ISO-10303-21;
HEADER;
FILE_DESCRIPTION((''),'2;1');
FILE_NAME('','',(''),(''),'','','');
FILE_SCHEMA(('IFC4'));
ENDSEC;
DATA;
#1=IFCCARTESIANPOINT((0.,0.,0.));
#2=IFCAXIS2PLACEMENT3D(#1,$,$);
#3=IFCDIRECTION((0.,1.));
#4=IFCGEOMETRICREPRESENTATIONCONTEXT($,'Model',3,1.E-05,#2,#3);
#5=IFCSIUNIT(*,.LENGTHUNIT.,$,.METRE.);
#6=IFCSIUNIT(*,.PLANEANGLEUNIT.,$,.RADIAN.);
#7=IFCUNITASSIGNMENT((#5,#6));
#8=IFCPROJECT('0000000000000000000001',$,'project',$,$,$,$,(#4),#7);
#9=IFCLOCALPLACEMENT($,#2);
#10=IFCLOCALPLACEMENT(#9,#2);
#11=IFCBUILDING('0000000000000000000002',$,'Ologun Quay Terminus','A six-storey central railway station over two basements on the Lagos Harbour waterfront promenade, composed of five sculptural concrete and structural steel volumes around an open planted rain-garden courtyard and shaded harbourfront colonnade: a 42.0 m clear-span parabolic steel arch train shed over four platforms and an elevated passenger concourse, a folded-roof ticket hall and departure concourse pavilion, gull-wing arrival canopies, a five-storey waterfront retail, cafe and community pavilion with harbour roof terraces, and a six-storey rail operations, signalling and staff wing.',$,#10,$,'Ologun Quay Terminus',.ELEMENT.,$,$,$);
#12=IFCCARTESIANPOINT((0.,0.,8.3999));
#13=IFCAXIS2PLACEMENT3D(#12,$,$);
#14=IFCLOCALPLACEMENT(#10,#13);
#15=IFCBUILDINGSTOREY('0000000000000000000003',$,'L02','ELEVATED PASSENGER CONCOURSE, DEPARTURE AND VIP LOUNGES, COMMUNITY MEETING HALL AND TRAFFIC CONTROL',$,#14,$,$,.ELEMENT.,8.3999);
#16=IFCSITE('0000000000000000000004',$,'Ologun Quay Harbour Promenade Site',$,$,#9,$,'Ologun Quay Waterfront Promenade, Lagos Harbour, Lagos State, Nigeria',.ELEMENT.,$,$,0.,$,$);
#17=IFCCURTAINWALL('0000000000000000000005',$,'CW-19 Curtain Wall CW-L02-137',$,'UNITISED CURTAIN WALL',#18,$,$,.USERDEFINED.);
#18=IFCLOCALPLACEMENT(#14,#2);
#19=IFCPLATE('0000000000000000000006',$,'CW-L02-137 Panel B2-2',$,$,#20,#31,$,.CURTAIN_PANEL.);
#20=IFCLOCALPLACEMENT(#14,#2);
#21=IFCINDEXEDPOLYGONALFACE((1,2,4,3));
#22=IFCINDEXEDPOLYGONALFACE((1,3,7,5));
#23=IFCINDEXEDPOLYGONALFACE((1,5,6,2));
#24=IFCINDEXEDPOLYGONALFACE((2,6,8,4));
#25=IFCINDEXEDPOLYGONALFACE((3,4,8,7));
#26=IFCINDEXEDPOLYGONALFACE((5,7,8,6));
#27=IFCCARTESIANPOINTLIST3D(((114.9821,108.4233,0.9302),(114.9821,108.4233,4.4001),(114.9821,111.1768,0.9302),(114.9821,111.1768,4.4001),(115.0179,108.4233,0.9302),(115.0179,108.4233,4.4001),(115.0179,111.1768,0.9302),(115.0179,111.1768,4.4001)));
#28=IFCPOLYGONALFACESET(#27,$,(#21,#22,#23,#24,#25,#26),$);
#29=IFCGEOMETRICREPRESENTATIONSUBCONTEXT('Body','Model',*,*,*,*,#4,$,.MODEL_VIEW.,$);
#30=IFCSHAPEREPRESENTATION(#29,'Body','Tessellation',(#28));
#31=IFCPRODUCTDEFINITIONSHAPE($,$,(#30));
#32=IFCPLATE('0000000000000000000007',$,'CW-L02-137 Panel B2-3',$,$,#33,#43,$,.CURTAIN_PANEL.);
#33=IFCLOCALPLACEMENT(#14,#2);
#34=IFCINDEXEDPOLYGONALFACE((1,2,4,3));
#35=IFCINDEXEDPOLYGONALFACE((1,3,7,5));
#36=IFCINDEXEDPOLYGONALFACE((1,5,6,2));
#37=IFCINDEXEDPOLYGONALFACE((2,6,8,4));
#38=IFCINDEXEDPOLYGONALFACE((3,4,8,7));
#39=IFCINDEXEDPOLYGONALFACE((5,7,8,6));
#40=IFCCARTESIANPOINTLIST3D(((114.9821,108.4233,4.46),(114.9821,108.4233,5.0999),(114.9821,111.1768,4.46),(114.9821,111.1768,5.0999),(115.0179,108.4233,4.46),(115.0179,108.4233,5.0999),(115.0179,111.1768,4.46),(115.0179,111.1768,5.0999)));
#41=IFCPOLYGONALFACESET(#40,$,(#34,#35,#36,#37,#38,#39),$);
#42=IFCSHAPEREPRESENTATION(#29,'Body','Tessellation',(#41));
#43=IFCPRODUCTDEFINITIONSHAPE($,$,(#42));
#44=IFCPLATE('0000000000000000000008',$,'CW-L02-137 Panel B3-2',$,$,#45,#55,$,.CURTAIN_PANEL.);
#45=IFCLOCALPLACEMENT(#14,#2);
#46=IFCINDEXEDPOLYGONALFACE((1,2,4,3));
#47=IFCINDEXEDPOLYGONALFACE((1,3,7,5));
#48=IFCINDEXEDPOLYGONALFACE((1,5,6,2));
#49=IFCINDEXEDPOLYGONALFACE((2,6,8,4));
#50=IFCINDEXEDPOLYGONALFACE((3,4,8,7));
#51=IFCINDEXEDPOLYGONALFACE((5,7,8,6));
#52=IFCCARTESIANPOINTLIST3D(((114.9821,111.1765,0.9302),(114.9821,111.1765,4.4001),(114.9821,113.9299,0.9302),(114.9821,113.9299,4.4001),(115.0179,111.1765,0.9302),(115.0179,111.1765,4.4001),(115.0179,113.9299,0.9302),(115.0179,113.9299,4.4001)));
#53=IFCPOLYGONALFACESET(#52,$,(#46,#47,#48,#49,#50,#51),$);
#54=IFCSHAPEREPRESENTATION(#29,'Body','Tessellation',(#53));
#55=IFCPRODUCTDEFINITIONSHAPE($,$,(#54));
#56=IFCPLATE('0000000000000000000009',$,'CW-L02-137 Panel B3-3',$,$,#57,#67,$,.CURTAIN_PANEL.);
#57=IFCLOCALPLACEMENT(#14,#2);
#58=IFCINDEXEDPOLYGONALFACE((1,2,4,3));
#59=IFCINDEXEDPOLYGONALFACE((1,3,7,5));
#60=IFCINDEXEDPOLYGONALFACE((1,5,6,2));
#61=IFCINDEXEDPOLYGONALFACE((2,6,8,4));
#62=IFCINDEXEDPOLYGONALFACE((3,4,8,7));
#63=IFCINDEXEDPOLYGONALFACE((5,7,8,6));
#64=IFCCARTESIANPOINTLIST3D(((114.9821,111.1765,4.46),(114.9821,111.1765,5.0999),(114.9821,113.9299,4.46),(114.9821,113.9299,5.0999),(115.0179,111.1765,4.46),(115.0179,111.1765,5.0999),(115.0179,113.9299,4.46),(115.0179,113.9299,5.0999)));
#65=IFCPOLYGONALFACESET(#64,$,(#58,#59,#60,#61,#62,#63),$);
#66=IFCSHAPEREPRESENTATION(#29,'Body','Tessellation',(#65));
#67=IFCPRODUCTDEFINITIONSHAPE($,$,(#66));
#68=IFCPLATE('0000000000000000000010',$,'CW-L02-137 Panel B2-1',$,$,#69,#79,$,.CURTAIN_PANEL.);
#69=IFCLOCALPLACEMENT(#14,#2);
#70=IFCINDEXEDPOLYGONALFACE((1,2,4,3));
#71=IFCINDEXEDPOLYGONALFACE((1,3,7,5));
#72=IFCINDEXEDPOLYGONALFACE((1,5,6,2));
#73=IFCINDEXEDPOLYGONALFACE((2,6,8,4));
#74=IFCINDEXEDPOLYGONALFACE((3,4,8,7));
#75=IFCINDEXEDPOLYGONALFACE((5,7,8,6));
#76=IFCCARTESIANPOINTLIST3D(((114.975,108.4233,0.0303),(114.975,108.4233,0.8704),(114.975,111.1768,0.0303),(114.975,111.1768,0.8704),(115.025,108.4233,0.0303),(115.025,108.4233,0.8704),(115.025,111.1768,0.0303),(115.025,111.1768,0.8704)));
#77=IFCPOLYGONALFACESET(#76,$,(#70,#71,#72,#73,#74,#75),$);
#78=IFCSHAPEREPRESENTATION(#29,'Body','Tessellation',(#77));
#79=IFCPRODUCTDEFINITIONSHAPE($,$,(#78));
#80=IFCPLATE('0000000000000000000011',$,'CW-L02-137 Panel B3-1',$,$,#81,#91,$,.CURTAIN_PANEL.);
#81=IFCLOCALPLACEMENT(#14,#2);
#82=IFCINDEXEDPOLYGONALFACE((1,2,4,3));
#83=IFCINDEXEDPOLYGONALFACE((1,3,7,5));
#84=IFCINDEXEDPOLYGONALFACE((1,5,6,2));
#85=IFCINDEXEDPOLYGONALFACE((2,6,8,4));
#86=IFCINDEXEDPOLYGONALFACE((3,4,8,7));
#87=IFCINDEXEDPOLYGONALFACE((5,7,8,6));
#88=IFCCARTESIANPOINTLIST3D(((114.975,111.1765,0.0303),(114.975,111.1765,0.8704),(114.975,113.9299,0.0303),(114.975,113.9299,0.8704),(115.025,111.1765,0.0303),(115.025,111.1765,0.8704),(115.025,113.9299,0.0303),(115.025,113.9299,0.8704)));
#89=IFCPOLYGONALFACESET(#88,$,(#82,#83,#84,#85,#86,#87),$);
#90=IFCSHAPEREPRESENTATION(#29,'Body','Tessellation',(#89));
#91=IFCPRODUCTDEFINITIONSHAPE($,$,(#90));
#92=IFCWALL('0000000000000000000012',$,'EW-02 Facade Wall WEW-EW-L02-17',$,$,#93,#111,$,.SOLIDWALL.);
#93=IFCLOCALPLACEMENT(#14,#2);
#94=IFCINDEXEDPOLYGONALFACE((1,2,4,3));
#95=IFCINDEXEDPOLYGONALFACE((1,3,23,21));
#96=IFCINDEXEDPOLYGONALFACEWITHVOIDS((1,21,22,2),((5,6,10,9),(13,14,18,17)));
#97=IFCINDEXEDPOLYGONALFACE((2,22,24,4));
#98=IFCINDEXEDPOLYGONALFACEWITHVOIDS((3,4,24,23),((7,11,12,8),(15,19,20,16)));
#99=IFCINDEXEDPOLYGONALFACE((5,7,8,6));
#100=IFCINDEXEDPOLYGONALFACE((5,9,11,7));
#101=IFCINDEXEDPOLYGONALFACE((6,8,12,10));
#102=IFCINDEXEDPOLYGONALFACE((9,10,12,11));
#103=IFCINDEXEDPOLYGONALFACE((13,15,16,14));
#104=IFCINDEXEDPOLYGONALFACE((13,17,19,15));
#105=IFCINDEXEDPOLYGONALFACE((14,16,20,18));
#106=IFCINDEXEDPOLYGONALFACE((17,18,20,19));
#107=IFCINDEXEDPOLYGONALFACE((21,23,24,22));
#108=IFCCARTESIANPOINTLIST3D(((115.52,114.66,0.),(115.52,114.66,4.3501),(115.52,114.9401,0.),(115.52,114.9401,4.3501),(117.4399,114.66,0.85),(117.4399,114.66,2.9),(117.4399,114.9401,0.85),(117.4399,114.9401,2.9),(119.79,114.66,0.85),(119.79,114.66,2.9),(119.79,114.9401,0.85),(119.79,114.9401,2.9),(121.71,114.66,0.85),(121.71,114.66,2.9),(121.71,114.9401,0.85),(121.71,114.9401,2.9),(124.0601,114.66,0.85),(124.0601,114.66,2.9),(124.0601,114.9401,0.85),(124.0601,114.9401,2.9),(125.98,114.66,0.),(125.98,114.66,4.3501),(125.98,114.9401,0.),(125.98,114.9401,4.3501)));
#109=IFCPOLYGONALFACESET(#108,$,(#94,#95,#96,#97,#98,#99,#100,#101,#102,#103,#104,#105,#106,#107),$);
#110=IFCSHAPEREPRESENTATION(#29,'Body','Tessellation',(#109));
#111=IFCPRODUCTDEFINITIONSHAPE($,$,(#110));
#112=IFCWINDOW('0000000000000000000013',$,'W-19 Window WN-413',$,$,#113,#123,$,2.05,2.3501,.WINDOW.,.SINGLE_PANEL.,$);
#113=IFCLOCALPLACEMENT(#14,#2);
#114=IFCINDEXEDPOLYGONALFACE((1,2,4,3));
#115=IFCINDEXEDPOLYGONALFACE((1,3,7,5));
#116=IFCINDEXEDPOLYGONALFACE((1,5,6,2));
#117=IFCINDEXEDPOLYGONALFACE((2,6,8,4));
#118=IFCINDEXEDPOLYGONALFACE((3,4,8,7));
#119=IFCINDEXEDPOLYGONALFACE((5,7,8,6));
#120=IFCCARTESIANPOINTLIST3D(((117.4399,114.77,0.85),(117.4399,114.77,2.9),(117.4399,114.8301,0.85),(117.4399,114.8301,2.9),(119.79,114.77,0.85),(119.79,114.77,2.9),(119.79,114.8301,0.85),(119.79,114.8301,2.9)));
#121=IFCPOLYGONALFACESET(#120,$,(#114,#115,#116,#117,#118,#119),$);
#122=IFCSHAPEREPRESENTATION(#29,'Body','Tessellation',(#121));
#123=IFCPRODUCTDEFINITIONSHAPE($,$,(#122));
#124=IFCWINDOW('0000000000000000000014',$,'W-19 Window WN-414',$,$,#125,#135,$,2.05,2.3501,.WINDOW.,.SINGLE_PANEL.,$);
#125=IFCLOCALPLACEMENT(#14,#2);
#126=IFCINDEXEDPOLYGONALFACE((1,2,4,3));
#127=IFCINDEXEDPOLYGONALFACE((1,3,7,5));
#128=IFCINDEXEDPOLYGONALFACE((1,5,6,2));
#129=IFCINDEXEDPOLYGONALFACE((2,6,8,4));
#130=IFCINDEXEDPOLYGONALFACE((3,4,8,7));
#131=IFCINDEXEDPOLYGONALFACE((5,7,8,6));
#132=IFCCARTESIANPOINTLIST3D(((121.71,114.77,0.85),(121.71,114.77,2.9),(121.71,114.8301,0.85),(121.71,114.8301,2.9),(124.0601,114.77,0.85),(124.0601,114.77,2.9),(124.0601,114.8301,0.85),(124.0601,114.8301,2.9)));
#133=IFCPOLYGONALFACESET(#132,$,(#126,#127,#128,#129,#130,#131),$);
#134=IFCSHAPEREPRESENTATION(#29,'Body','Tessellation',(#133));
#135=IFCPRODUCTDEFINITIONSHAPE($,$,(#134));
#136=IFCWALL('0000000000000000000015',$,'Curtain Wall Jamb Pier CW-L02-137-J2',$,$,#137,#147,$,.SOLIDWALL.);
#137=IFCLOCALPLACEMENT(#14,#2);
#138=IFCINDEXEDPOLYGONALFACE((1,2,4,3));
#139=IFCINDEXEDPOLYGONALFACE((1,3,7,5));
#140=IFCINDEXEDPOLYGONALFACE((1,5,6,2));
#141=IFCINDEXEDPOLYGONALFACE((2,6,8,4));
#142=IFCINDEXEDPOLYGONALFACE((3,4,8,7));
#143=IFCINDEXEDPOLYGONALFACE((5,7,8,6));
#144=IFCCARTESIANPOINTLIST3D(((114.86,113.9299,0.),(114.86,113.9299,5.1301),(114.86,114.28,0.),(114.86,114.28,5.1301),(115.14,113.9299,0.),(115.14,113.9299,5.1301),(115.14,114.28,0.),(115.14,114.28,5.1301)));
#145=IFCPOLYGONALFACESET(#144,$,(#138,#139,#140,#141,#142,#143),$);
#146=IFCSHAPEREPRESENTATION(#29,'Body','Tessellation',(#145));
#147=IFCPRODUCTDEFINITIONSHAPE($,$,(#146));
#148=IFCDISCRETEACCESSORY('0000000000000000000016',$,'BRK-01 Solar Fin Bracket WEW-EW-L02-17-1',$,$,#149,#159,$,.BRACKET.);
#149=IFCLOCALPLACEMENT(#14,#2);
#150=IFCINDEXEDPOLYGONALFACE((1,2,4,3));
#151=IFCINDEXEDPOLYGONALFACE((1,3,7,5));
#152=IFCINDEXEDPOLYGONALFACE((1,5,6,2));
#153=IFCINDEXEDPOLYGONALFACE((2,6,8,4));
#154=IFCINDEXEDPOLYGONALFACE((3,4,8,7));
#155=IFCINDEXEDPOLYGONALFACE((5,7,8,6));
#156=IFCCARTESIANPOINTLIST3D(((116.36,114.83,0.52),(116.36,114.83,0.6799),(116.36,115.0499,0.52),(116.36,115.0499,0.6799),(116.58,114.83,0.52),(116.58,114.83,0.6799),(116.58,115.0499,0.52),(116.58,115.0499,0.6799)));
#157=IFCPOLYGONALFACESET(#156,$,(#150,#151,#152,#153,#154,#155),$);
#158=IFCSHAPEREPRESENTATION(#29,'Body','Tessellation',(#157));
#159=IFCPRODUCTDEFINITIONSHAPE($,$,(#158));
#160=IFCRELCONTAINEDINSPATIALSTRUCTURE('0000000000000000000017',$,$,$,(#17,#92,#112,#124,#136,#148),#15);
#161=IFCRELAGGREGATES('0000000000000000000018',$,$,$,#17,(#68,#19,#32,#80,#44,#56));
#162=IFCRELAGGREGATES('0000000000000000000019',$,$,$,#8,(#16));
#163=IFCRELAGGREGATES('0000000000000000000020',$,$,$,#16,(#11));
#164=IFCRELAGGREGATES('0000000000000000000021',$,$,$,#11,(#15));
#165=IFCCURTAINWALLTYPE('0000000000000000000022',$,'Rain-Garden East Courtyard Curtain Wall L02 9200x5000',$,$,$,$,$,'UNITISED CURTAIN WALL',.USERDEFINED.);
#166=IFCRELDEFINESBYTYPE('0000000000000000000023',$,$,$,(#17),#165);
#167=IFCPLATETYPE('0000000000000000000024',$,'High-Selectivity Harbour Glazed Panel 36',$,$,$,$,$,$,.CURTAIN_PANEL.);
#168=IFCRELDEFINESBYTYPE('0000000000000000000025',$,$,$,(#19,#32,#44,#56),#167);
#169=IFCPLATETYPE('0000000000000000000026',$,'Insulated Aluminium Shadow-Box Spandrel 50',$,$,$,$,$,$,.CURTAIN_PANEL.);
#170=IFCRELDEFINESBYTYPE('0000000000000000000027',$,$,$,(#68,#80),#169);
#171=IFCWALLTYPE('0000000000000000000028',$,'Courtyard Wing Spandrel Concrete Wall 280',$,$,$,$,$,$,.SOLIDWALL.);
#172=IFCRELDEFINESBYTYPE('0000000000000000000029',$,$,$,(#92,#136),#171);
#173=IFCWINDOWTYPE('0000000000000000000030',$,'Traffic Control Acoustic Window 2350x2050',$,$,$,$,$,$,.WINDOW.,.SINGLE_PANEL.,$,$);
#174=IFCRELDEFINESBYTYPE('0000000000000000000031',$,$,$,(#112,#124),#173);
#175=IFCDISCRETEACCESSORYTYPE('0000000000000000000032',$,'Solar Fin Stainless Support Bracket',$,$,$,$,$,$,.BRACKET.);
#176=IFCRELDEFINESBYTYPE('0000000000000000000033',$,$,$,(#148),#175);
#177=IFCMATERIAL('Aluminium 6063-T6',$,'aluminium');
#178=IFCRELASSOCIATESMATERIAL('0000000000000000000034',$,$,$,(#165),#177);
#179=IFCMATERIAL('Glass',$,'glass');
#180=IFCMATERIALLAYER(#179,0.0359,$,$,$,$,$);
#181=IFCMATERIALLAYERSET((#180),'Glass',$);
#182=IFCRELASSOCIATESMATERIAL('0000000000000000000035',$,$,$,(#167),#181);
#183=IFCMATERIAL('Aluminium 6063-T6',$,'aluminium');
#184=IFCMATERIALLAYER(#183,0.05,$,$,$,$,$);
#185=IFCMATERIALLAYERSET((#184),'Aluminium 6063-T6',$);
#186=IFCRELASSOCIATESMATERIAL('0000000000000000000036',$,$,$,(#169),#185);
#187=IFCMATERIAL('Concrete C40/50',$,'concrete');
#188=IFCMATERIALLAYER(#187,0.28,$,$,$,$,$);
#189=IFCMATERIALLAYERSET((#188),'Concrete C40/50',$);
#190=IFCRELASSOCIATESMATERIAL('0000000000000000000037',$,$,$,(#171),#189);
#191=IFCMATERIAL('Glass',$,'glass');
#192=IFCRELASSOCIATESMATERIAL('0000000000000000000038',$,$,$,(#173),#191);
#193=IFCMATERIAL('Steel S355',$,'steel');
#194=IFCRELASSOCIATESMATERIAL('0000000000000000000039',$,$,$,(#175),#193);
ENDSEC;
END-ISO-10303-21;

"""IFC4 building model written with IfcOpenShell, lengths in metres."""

from ifc_helpers import new_model, si_unit, direction, frame, frame_2d, origin, origin_2d, place, context, subcontext, project, spatial, rectangle, extrude, material, layer, layer_set, type_object, element, fill, aggregate, save


model = new_model("IFC4")

# Units and contexts
model_context = context("Model", 3, precision=1e-05, world=origin(), true_north=direction((0.0, 1.0)))
body_context = subcontext(model_context, "Body", "Model", "MODEL_VIEW")
ifc_project = project(units=[si_unit("LENGTHUNIT", "METRE"), si_unit("PLANEANGLEUNIT", "RADIAN")], contexts=[model_context])

# Site, building, storey
site_placement = place(None, origin())
site = spatial("IfcSite", under=ifc_project, at=site_placement, Name="Ologun Quay Harbour Promenade Site", LongName="Ologun Quay Waterfront Promenade, Lagos Harbour, Lagos State, Nigeria", CompositionType="ELEMENT", RefElevation=0.0)
building_placement = place(site_placement, origin())
building = spatial("IfcBuilding", under=site, at=building_placement, Name="Ologun Quay Terminus", Description="A six-storey central railway station over two basements on the Lagos Harbour waterfront promenade, composed of five sculptural concrete and structural steel volumes around an open planted rain-garden courtyard and shaded harbourfront colonnade: a 42.0 m clear-span parabolic steel arch train shed over four platforms and an elevated passenger concourse, a folded-roof ticket hall and departure concourse pavilion, gull-wing arrival canopies, a five-storey waterfront retail, cafe and community pavilion with harbour roof terraces, and a six-storey rail operations, signalling and staff wing.", LongName="Ologun Quay Terminus", CompositionType="ELEMENT")
storey_placement = place(building_placement, frame((0.0, 0.0, 8.3999)))
storey = spatial("IfcBuildingStorey", under=building, at=storey_placement, Name="L02", Description="ELEVATED PASSENGER CONCOURSE, DEPARTURE AND VIP LOUNGES, COMMUNITY MEETING HALL AND TRAFFIC CONTROL", CompositionType="ELEMENT", Elevation=8.3999)

# Curtain wall
ifc_material_1 = material(Name="Aluminium 6063-T6", Category="aluminium")
curtain_wall_type = type_object("IfcCurtainWallType", Name="Rain-Garden East Courtyard Curtain Wall L02 9200x5000", ElementType="UNITISED CURTAIN WALL", PredefinedType="USERDEFINED", material=ifc_material_1)
curtain_wall_placement = place(storey_placement, origin())
curtain_wall = element("IfcCurtainWall", 1, at=curtain_wall_placement, inside=storey, type_object=curtain_wall_type, Name="CW-19 Curtain Wall CW-L02-137", ObjectType="UNITISED CURTAIN WALL", PredefinedType="USERDEFINED")

# Plates
ifc_material_2 = material(Name="Glass", Category="glass")
ifc_layer_1 = layer(ifc_material_2, 0.0359)
ifc_layer_set_1 = layer_set([ifc_layer_1], Name="Glass")
plate_type_1 = type_object("IfcPlateType", Name="High-Selectivity Harbour Glazed Panel 36", PredefinedType="CURTAIN_PANEL", material=ifc_layer_set_1)
plate_1_placement = place(storey_placement, frame((115.0, 109.8, 0.9302), z_axis=(0.0, 0.0, 1.0), x_axis=(0.0, 1.0, 0.0)))
plate_1 = element("IfcPlate", 2, at=plate_1_placement, type_object=plate_type_1, Name="CW-L02-137 Panel B2-2", PredefinedType="CURTAIN_PANEL", context=body_context, shape_type="SweptSolid", body=[
    extrude(rectangle(XDim=2.7534, YDim=0.0359, at=origin_2d()), origin(), (0.0, 0.0, 1.0), 3.47),
])
plate_2_placement = place(storey_placement, frame((115.0, 109.8, 4.46), z_axis=(0.0, 0.0, 1.0), x_axis=(0.0, 1.0, 0.0)))
plate_2 = element("IfcPlate", 3, at=plate_2_placement, type_object=plate_type_1, Name="CW-L02-137 Panel B2-3", PredefinedType="CURTAIN_PANEL", context=body_context, shape_type="SweptSolid", body=[
    extrude(rectangle(XDim=2.7534, YDim=0.0359, at=origin_2d()), origin(), (0.0, 0.0, 1.0), 0.6399),
])
plate_3_placement = place(storey_placement, frame((115.0, 112.5532, 0.9302), z_axis=(0.0, 0.0, 1.0), x_axis=(0.0, 1.0, 0.0)))
plate_3 = element("IfcPlate", 4, at=plate_3_placement, type_object=plate_type_1, Name="CW-L02-137 Panel B3-2", PredefinedType="CURTAIN_PANEL", context=body_context, shape_type="SweptSolid", body=[
    extrude(rectangle(XDim=2.7534, YDim=0.0359, at=origin_2d()), origin(), (0.0, 0.0, 1.0), 3.47),
])
plate_4_placement = place(storey_placement, frame((115.0, 112.5532, 4.46), z_axis=(0.0, 0.0, 1.0), x_axis=(0.0, 1.0, 0.0)))
plate_4 = element("IfcPlate", 5, at=plate_4_placement, type_object=plate_type_1, Name="CW-L02-137 Panel B3-3", PredefinedType="CURTAIN_PANEL", context=body_context, shape_type="SweptSolid", body=[
    extrude(rectangle(XDim=2.7534, YDim=0.0359, at=origin_2d()), origin(), (0.0, 0.0, 1.0), 0.6399),
])
ifc_material_3 = material(Name="Aluminium 6063-T6", Category="aluminium")
ifc_layer_2 = layer(ifc_material_3, 0.05)
ifc_layer_set_2 = layer_set([ifc_layer_2], Name="Aluminium 6063-T6")
plate_type_2 = type_object("IfcPlateType", Name="Insulated Aluminium Shadow-Box Spandrel 50", PredefinedType="CURTAIN_PANEL", material=ifc_layer_set_2)
plate_5_placement = place(storey_placement, frame((115.0, 109.8, 0.0303), z_axis=(0.0, 0.0, 1.0), x_axis=(0.0, 1.0, 0.0)))
plate_5 = element("IfcPlate", 6, at=plate_5_placement, type_object=plate_type_2, Name="CW-L02-137 Panel B2-1", PredefinedType="CURTAIN_PANEL", context=body_context, shape_type="SweptSolid", body=[
    extrude(rectangle(XDim=2.7534, YDim=0.05, at=origin_2d()), origin(), (0.0, 0.0, 1.0), 0.8401),
])
plate_6_placement = place(storey_placement, frame((115.0, 112.5532, 0.0303), z_axis=(0.0, 0.0, 1.0), x_axis=(0.0, 1.0, 0.0)))
plate_6 = element("IfcPlate", 7, at=plate_6_placement, type_object=plate_type_2, Name="CW-L02-137 Panel B3-1", PredefinedType="CURTAIN_PANEL", context=body_context, shape_type="SweptSolid", body=[
    extrude(rectangle(XDim=2.7534, YDim=0.05, at=origin_2d()), origin(), (0.0, 0.0, 1.0), 0.8401),
])
aggregate(curtain_wall, [plate_5, plate_1, plate_2, plate_6, plate_3, plate_4])

# Wall, openings, windows
ifc_material_4 = material(Name="Concrete C40/50", Category="concrete")
ifc_layer_3 = layer(ifc_material_4, 0.28)
ifc_layer_set_3 = layer_set([ifc_layer_3], Name="Concrete C40/50")
wall_type = type_object("IfcWallType", Name="Courtyard Wing Spandrel Concrete Wall 280", PredefinedType="SOLIDWALL", material=ifc_layer_set_3)
wall_1_placement = place(storey_placement, frame((115.52, 114.8, 0.0), z_axis=(0.0, 0.0, 1.0), x_axis=(1.0, 0.0, 0.0)))
wall_1 = element("IfcWall", 8, at=wall_1_placement, inside=storey, type_object=wall_type, Name="EW-02 Facade Wall WEW-EW-L02-17", PredefinedType="SOLIDWALL", context=body_context, shape_type="SweptSolid", body=[
    extrude(rectangle(XDim=10.46, YDim=0.28, at=frame_2d((5.23, 0.0))), origin(), (0.0, 0.0, 1.0), 4.3501),
])
opening_1_placement = place(wall_1_placement, frame((1.9199, 0.0, 0.8501)))
opening_1 = element("IfcOpeningElement", 9, at=opening_1_placement, cuts=wall_1, PredefinedType="OPENING", context=body_context, shape_type="SweptSolid", body=[
    extrude(rectangle(XDim=2.3501, YDim=2.05, at=frame_2d((1.175, 1.0249))), frame((0.0, 0.1499, 0.0), z_axis=(0.0, -1.0, 0.0), x_axis=(1.0, 0.0, 0.0)), (0.0, 0.0, 1.0), 0.3),
])
opening_2_placement = place(wall_1_placement, frame((6.1899, 0.0, 0.8501)))
opening_2 = element("IfcOpeningElement", 10, at=opening_2_placement, cuts=wall_1, PredefinedType="OPENING", context=body_context, shape_type="SweptSolid", body=[
    extrude(rectangle(XDim=2.3501, YDim=2.05, at=frame_2d((1.175, 1.0249))), frame((0.0, 0.1499, 0.0), z_axis=(0.0, -1.0, 0.0), x_axis=(1.0, 0.0, 0.0)), (0.0, 0.0, 1.0), 0.3),
])
ifc_material_5 = material(Name="Glass", Category="glass")
window_type = type_object("IfcWindowType", Name="Traffic Control Acoustic Window 2350x2050", PartitioningType="SINGLE_PANEL", PredefinedType="WINDOW", material=ifc_material_5)
window_1_placement = place(opening_1_placement, origin())
window_1 = element("IfcWindow", 11, at=window_1_placement, inside=storey, type_object=window_type, Name="W-19 Window WN-413", OverallHeight=2.05, OverallWidth=2.3501, PartitioningType="SINGLE_PANEL", PredefinedType="WINDOW", context=body_context, shape_type="SweptSolid", body=[
    extrude(rectangle(XDim=2.3501, YDim=2.05, at=frame_2d((1.175, 1.0249))), frame((0.0, 0.03, 0.0), z_axis=(0.0, -1.0, 0.0), x_axis=(1.0, 0.0, 0.0)), (0.0, 0.0, 1.0), 0.0601),
])
fill(opening_1, window_1)
window_2_placement = place(opening_2_placement, origin())
window_2 = element("IfcWindow", 12, at=window_2_placement, inside=storey, type_object=window_type, Name="W-19 Window WN-414", OverallHeight=2.05, OverallWidth=2.3501, PartitioningType="SINGLE_PANEL", PredefinedType="WINDOW", context=body_context, shape_type="SweptSolid", body=[
    extrude(rectangle(XDim=2.3501, YDim=2.05, at=frame_2d((1.175, 1.0249))), frame((0.0, 0.03, 0.0), z_axis=(0.0, -1.0, 0.0), x_axis=(1.0, 0.0, 0.0)), (0.0, 0.0, 1.0), 0.0601),
])
fill(opening_2, window_2)

# Wall
wall_2_placement = place(storey_placement, frame((115.0, 113.9299, 0.0), z_axis=(0.0, 0.0, 1.0), x_axis=(0.0, 1.0, 0.0)))
element("IfcWall", 13, at=wall_2_placement, inside=storey, type_object=wall_type, Name="Curtain Wall Jamb Pier CW-L02-137-J2", PredefinedType="SOLIDWALL", context=body_context, shape_type="SweptSolid", body=[
    extrude(rectangle(XDim=0.3501, YDim=0.28, at=frame_2d((0.175, 0.0))), origin(), (0.0, 0.0, 1.0), 5.1301),
])

# Discrete accessory
ifc_material_6 = material(Name="Steel S355", Category="steel")
discrete_accessory_type = type_object("IfcDiscreteAccessoryType", Name="Solar Fin Stainless Support Bracket", PredefinedType="BRACKET", material=ifc_material_6)
discrete_accessory_placement = place(storey_placement, frame((116.47, 114.9399, 0.52), z_axis=(0.0, 0.0, 1.0), x_axis=(1.0, 0.0, 0.0)))
element("IfcDiscreteAccessory", 14, at=discrete_accessory_placement, inside=storey, type_object=discrete_accessory_type, Name="BRK-01 Solar Fin Bracket WEW-EW-L02-17-1", PredefinedType="BRACKET", context=body_context, shape_type="SweptSolid", body=[
    extrude(rectangle(XDim=0.22, YDim=0.22, at=origin_2d()), origin(), (0.0, 0.0, 1.0), 0.1599),
])

save(model, "model.ifc")
